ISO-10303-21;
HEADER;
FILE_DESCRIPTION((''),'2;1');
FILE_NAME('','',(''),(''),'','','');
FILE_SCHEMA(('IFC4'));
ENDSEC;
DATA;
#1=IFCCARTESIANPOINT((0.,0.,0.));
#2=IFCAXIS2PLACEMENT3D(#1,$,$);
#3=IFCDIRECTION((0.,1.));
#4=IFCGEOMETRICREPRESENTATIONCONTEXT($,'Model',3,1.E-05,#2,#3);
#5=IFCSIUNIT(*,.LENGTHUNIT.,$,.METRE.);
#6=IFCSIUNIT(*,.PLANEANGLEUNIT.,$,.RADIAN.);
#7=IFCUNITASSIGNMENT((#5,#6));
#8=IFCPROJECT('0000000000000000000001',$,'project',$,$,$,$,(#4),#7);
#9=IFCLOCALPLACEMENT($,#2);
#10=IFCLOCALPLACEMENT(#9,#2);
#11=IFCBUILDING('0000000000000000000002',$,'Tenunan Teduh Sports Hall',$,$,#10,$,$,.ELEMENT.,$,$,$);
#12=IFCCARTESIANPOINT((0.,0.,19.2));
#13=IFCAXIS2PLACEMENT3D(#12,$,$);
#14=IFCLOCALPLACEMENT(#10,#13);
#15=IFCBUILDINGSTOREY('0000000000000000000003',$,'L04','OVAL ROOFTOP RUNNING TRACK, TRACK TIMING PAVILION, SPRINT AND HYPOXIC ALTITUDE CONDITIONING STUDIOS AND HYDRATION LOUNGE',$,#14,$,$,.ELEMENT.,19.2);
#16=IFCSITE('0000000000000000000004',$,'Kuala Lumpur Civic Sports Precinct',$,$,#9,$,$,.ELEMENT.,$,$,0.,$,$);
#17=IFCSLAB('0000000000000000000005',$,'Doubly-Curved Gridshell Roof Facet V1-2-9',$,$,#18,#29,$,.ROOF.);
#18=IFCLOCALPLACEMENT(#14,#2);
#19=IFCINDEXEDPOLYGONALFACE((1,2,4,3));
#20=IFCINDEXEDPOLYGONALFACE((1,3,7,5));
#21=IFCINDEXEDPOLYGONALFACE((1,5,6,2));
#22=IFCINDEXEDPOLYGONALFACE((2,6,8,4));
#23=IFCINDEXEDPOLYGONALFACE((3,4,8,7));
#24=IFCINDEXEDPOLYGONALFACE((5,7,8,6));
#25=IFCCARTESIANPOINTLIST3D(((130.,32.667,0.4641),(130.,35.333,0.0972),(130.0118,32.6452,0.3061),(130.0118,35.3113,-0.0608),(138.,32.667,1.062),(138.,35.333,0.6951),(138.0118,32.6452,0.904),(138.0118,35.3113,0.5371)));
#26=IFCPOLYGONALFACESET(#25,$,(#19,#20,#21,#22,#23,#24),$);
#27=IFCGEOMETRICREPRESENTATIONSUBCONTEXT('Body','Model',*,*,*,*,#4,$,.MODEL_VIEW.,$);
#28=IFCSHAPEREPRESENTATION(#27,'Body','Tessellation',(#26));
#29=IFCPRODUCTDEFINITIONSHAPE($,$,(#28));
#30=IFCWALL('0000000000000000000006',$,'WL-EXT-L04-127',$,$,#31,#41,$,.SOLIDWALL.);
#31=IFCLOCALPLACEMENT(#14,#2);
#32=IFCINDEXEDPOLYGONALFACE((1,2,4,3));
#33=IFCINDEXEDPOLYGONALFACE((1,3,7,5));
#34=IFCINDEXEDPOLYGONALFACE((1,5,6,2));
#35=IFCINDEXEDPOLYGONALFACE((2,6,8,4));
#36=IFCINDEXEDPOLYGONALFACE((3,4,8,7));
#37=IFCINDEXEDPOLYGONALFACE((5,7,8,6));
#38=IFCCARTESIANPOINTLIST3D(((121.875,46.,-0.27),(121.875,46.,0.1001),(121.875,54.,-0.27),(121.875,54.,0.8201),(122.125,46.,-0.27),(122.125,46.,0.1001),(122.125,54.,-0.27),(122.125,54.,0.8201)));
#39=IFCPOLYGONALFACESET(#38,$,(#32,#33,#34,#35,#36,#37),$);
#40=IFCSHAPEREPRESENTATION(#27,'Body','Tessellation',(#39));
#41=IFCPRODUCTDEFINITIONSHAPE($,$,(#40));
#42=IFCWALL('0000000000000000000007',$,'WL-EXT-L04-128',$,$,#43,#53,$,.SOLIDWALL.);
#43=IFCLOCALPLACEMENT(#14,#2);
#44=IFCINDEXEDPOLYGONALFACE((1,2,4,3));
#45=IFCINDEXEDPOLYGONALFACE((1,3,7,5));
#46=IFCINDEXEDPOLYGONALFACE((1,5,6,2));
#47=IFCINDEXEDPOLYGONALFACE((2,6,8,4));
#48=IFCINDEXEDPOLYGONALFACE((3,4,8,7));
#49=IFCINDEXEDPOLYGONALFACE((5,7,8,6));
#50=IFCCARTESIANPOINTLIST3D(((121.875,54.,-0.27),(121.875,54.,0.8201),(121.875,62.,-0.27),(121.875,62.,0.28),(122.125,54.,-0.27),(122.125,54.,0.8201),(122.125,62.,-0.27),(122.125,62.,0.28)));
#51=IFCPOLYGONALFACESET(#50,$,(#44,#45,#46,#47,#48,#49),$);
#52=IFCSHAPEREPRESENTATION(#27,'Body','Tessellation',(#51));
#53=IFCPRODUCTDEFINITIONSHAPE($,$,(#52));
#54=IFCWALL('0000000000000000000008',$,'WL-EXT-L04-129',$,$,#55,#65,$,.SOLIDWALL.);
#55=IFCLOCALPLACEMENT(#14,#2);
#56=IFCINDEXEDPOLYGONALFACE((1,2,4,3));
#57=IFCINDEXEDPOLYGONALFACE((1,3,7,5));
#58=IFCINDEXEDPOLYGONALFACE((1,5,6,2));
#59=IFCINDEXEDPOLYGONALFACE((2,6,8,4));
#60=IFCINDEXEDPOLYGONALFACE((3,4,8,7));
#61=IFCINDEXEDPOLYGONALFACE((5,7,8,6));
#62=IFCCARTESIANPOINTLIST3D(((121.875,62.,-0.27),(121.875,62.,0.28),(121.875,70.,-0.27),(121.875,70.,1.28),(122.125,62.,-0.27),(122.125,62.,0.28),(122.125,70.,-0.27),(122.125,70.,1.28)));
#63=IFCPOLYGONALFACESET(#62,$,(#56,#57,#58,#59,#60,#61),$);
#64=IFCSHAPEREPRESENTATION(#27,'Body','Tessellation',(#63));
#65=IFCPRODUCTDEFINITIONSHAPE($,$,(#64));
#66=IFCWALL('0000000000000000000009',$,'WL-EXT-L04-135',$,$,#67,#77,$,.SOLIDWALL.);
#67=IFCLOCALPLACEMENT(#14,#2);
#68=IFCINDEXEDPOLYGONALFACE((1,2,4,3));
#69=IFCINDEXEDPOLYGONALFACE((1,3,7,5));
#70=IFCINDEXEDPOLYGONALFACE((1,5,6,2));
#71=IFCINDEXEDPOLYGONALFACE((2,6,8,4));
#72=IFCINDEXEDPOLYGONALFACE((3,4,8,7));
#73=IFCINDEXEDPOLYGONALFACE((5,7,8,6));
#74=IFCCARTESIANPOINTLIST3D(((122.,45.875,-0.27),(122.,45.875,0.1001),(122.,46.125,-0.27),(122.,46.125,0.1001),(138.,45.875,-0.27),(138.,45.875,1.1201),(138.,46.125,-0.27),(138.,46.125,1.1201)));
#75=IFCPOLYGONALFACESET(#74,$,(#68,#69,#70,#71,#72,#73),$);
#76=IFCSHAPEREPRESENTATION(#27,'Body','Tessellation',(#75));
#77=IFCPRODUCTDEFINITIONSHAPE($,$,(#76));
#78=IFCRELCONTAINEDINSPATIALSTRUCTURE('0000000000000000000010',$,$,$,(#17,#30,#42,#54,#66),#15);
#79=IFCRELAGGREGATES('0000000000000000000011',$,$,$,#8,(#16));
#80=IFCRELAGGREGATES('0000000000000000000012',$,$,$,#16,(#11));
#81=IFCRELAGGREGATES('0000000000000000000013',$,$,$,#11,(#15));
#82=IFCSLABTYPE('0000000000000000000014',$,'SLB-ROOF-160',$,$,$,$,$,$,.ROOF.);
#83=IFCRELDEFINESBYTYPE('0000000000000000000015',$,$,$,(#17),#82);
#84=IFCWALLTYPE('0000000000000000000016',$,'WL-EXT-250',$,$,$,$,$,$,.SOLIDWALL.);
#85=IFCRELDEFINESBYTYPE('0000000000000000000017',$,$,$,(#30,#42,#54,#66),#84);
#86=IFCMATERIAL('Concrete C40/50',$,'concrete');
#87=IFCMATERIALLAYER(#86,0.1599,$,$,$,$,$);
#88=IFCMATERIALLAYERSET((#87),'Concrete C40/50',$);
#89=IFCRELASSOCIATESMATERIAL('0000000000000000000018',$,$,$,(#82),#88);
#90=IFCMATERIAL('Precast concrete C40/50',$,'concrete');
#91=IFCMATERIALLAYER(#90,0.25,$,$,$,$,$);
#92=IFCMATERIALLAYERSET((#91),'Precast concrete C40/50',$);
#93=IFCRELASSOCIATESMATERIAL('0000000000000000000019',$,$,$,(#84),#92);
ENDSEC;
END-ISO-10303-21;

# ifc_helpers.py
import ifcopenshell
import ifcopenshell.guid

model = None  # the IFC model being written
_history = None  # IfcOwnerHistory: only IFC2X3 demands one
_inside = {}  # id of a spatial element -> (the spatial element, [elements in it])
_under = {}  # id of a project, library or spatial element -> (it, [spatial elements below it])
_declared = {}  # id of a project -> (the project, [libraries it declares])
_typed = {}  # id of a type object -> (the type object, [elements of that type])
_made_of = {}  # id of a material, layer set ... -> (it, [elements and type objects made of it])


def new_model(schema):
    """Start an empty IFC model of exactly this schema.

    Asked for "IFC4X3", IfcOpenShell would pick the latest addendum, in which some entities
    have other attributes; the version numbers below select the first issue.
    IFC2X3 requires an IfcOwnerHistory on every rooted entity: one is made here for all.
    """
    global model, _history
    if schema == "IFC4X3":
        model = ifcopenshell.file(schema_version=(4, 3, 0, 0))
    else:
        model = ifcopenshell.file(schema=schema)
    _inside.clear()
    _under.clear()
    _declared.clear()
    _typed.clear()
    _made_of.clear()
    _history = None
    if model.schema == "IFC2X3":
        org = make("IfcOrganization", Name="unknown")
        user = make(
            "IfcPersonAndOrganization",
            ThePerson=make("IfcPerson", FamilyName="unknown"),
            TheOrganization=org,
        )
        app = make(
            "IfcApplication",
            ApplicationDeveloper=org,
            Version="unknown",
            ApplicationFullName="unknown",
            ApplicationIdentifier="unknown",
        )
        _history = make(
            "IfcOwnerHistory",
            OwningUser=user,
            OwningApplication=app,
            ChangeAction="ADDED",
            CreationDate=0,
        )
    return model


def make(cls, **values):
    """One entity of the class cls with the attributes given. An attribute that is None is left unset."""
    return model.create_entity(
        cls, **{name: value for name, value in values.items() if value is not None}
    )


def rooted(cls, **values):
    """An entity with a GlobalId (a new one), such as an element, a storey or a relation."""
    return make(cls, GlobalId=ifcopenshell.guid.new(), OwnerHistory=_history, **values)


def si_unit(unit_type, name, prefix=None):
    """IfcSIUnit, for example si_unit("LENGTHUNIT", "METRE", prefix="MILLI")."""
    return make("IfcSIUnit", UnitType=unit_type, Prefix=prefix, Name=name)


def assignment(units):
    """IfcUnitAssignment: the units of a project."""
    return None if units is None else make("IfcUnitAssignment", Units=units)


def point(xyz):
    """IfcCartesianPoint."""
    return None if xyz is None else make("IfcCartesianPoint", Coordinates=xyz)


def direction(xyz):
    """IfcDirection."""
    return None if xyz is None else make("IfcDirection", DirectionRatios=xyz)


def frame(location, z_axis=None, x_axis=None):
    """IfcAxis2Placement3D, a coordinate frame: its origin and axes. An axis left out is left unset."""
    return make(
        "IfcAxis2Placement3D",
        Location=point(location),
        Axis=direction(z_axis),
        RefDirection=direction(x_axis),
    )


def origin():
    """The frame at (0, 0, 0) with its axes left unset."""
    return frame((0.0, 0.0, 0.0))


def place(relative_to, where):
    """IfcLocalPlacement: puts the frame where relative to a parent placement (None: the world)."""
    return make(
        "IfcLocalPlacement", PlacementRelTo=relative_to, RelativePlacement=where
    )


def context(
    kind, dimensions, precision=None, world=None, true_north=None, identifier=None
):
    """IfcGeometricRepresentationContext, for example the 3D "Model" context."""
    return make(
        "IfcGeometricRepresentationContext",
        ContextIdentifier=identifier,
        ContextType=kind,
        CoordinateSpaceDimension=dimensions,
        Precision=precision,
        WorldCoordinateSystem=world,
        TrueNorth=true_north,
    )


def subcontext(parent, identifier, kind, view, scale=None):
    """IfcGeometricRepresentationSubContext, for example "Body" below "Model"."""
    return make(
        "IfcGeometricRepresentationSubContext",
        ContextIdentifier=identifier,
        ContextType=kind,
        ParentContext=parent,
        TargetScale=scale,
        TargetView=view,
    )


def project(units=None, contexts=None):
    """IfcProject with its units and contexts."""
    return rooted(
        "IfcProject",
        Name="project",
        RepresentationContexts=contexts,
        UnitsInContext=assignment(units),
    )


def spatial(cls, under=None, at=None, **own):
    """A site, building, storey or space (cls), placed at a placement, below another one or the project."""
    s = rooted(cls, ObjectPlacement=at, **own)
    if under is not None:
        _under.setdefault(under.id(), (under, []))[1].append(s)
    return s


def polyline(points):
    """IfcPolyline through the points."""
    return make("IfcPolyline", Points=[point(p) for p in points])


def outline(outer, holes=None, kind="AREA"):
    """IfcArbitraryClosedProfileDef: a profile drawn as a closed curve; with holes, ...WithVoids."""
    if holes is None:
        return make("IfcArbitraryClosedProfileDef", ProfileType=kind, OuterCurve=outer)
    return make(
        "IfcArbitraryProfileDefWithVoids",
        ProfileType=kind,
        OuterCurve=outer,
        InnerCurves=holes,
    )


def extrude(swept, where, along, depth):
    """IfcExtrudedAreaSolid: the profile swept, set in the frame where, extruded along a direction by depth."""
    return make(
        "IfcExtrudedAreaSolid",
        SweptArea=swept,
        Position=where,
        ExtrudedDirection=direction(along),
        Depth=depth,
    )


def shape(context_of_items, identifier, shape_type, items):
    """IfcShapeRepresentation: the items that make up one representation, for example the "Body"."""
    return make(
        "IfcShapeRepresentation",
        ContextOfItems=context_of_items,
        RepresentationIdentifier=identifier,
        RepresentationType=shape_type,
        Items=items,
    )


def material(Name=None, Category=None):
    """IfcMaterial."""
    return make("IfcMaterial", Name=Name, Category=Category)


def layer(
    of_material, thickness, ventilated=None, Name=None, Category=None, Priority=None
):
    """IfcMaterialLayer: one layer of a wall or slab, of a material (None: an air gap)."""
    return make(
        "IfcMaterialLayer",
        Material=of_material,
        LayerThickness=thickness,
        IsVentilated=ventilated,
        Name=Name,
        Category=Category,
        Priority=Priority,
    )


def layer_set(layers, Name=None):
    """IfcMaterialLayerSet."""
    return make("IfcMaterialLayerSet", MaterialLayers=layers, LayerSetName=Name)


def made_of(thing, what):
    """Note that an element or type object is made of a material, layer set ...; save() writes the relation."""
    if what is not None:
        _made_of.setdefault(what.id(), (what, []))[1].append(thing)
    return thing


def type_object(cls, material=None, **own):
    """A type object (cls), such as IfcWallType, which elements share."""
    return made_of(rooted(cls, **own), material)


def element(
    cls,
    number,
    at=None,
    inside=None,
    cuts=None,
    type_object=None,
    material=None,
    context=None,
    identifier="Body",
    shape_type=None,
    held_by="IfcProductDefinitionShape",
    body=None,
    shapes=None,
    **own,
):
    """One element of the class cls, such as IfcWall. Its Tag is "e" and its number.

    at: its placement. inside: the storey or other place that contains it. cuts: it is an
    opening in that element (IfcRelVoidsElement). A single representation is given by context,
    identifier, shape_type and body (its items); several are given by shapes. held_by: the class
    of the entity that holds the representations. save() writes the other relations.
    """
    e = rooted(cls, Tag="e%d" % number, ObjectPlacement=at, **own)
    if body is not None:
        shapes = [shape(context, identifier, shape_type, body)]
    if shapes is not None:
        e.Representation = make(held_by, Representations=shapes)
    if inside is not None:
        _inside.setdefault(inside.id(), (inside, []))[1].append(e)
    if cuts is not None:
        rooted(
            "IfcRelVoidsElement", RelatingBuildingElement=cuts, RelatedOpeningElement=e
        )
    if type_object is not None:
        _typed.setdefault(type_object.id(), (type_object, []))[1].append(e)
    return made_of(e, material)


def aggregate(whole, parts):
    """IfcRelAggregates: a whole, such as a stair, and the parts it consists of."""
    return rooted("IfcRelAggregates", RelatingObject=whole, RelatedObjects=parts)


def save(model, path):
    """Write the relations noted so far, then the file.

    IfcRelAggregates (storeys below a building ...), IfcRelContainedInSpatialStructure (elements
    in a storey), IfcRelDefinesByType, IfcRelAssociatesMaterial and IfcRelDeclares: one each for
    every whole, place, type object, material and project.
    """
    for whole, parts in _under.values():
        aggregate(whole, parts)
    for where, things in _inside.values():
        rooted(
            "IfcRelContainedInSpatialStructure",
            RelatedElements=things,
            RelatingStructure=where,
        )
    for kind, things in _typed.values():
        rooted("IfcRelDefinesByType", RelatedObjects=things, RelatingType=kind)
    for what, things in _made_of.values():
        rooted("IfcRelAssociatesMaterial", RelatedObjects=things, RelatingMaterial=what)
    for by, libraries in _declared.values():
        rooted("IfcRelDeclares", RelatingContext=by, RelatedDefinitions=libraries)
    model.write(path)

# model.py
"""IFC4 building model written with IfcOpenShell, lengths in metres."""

from ifc_helpers import new_model, si_unit, direction, frame, origin, place, context, subcontext, project, spatial, polyline, outline, extrude, material, layer, layer_set, type_object, element, save


model = new_model("IFC4")

# Units and contexts
model_context = context("Model", 3, precision=1e-05, world=origin(), true_north=direction((0.0, 1.0)))
body_context = subcontext(model_context, "Body", "Model", "MODEL_VIEW")
ifc_project = project(units=[si_unit("LENGTHUNIT", "METRE"), si_unit("PLANEANGLEUNIT", "RADIAN")], contexts=[model_context])

# Site, building, storey
site_placement = place(None, origin())
site = spatial("IfcSite", under=ifc_project, at=site_placement, Name="Kuala Lumpur Civic Sports Precinct", CompositionType="ELEMENT", RefElevation=0.0)
building_placement = place(site_placement, origin())
building = spatial("IfcBuilding", under=site, at=building_placement, Name="Tenunan Teduh Sports Hall", CompositionType="ELEMENT")
storey_placement = place(building_placement, frame((0.0, 0.0, 19.2)))
storey = spatial("IfcBuildingStorey", under=building, at=storey_placement, Name="L04", Description="OVAL ROOFTOP RUNNING TRACK, TRACK TIMING PAVILION, SPRINT AND HYPOXIC ALTITUDE CONDITIONING STUDIOS AND HYDRATION LOUNGE", CompositionType="ELEMENT", Elevation=19.2)

# Slab
ifc_material_1 = material(Name="Concrete C40/50", Category="concrete")
ifc_layer_1 = layer(ifc_material_1, 0.1599)
ifc_layer_set_1 = layer_set([ifc_layer_1], Name="Concrete C40/50")
slab_type_1 = type_object("IfcSlabType", Name="SLB-ROOF-160", PredefinedType="ROOF", material=ifc_layer_set_1)
slab_1_placement = place(storey_placement, frame((130.0, 32.667, 0.4641), z_axis=(-0.073837, 0.13598, 0.987956), x_axis=(0.997219, 0.0, 0.07453)))
element("IfcSlab", 1, at=slab_1_placement, inside=storey, type_object=slab_type_1, Name="Doubly-Curved Gridshell Roof Facet V1-2-9", PredefinedType="ROOF", context=body_context, shape_type="SweptSolid", body=[
    extrude(outline(polyline([(0.0, 0.0), (8.0223, 0.0), (7.995, 2.691), (-0.0273, 2.691), (0.0, 0.0)])), origin(), (0.0, 0.0, -1.0), 0.1599),
])

# Walls
ifc_material_2 = material(Name="Precast concrete C40/50", Category="concrete")
ifc_layer_2 = layer(ifc_material_2, 0.25)
ifc_layer_set_2 = layer_set([ifc_layer_2], Name="Precast concrete C40/50")
wall_type = type_object("IfcWallType", Name="WL-EXT-250", PredefinedType="SOLIDWALL", material=ifc_layer_set_2)
wall_1_placement = place(storey_placement, frame((122.0, 46.0, -0.27), z_axis=(0.0, 0.0, 1.0), x_axis=(0.0, 1.0, 0.0)))
element("IfcWall", 2, at=wall_1_placement, inside=storey, type_object=wall_type, Name="WL-EXT-L04-127", PredefinedType="SOLIDWALL", context=body_context, shape_type="SweptSolid", body=[
    extrude(outline(polyline([(0.0, 0.0), (8.0, 0.0), (8.0, 1.0901), (0.0, 0.3701), (0.0, 0.0)])), frame((0.0, 0.125, 0.0), z_axis=(0.0, -1.0, 0.0), x_axis=(1.0, 0.0, 0.0)), (0.0, 0.0, 1.0), 0.25),
])
wall_2_placement = place(storey_placement, frame((122.0, 54.0, -0.27), z_axis=(0.0, 0.0, 1.0), x_axis=(0.0, 1.0, 0.0)))
element("IfcWall", 3, at=wall_2_placement, inside=storey, type_object=wall_type, Name="WL-EXT-L04-128", PredefinedType="SOLIDWALL", context=body_context, shape_type="SweptSolid", body=[
    extrude(outline(polyline([(0.0, 0.0), (8.0, 0.0), (8.0, 0.55), (0.0, 1.0901), (0.0, 0.0)])), frame((0.0, 0.125, 0.0), z_axis=(0.0, -1.0, 0.0), x_axis=(1.0, 0.0, 0.0)), (0.0, 0.0, 1.0), 0.25),
])
wall_3_placement = place(storey_placement, frame((122.0, 62.0, -0.27), z_axis=(0.0, 0.0, 1.0), x_axis=(0.0, 1.0, 0.0)))
element("IfcWall", 4, at=wall_3_placement, inside=storey, type_object=wall_type, Name="WL-EXT-L04-129", PredefinedType="SOLIDWALL", context=body_context, shape_type="SweptSolid", body=[
    extrude(outline(polyline([(0.0, 0.0), (8.0, 0.0), (8.0, 1.55), (0.0, 0.55), (0.0, 0.0)])), frame((0.0, 0.125, 0.0), z_axis=(0.0, -1.0, 0.0), x_axis=(1.0, 0.0, 0.0)), (0.0, 0.0, 1.0), 0.25),
])
wall_4_placement = place(storey_placement, frame((122.0, 46.0, -0.27), z_axis=(0.0, 0.0, 1.0), x_axis=(1.0, 0.0, 0.0)))
element("IfcWall", 5, at=wall_4_placement, inside=storey, type_object=wall_type, Name="WL-EXT-L04-135", PredefinedType="SOLIDWALL", context=body_context, shape_type="SweptSolid", body=[
    extrude(outline(polyline([(0.0, 0.0), (16.0, 0.0), (16.0, 1.3901), (0.0, 0.3701), (0.0, 0.0)])), frame((0.0, 0.125, 0.0), z_axis=(0.0, -1.0, 0.0), x_axis=(1.0, 0.0, 0.0)), (0.0, 0.0, 1.0), 0.25),
])

save(model, "model.ifc")
